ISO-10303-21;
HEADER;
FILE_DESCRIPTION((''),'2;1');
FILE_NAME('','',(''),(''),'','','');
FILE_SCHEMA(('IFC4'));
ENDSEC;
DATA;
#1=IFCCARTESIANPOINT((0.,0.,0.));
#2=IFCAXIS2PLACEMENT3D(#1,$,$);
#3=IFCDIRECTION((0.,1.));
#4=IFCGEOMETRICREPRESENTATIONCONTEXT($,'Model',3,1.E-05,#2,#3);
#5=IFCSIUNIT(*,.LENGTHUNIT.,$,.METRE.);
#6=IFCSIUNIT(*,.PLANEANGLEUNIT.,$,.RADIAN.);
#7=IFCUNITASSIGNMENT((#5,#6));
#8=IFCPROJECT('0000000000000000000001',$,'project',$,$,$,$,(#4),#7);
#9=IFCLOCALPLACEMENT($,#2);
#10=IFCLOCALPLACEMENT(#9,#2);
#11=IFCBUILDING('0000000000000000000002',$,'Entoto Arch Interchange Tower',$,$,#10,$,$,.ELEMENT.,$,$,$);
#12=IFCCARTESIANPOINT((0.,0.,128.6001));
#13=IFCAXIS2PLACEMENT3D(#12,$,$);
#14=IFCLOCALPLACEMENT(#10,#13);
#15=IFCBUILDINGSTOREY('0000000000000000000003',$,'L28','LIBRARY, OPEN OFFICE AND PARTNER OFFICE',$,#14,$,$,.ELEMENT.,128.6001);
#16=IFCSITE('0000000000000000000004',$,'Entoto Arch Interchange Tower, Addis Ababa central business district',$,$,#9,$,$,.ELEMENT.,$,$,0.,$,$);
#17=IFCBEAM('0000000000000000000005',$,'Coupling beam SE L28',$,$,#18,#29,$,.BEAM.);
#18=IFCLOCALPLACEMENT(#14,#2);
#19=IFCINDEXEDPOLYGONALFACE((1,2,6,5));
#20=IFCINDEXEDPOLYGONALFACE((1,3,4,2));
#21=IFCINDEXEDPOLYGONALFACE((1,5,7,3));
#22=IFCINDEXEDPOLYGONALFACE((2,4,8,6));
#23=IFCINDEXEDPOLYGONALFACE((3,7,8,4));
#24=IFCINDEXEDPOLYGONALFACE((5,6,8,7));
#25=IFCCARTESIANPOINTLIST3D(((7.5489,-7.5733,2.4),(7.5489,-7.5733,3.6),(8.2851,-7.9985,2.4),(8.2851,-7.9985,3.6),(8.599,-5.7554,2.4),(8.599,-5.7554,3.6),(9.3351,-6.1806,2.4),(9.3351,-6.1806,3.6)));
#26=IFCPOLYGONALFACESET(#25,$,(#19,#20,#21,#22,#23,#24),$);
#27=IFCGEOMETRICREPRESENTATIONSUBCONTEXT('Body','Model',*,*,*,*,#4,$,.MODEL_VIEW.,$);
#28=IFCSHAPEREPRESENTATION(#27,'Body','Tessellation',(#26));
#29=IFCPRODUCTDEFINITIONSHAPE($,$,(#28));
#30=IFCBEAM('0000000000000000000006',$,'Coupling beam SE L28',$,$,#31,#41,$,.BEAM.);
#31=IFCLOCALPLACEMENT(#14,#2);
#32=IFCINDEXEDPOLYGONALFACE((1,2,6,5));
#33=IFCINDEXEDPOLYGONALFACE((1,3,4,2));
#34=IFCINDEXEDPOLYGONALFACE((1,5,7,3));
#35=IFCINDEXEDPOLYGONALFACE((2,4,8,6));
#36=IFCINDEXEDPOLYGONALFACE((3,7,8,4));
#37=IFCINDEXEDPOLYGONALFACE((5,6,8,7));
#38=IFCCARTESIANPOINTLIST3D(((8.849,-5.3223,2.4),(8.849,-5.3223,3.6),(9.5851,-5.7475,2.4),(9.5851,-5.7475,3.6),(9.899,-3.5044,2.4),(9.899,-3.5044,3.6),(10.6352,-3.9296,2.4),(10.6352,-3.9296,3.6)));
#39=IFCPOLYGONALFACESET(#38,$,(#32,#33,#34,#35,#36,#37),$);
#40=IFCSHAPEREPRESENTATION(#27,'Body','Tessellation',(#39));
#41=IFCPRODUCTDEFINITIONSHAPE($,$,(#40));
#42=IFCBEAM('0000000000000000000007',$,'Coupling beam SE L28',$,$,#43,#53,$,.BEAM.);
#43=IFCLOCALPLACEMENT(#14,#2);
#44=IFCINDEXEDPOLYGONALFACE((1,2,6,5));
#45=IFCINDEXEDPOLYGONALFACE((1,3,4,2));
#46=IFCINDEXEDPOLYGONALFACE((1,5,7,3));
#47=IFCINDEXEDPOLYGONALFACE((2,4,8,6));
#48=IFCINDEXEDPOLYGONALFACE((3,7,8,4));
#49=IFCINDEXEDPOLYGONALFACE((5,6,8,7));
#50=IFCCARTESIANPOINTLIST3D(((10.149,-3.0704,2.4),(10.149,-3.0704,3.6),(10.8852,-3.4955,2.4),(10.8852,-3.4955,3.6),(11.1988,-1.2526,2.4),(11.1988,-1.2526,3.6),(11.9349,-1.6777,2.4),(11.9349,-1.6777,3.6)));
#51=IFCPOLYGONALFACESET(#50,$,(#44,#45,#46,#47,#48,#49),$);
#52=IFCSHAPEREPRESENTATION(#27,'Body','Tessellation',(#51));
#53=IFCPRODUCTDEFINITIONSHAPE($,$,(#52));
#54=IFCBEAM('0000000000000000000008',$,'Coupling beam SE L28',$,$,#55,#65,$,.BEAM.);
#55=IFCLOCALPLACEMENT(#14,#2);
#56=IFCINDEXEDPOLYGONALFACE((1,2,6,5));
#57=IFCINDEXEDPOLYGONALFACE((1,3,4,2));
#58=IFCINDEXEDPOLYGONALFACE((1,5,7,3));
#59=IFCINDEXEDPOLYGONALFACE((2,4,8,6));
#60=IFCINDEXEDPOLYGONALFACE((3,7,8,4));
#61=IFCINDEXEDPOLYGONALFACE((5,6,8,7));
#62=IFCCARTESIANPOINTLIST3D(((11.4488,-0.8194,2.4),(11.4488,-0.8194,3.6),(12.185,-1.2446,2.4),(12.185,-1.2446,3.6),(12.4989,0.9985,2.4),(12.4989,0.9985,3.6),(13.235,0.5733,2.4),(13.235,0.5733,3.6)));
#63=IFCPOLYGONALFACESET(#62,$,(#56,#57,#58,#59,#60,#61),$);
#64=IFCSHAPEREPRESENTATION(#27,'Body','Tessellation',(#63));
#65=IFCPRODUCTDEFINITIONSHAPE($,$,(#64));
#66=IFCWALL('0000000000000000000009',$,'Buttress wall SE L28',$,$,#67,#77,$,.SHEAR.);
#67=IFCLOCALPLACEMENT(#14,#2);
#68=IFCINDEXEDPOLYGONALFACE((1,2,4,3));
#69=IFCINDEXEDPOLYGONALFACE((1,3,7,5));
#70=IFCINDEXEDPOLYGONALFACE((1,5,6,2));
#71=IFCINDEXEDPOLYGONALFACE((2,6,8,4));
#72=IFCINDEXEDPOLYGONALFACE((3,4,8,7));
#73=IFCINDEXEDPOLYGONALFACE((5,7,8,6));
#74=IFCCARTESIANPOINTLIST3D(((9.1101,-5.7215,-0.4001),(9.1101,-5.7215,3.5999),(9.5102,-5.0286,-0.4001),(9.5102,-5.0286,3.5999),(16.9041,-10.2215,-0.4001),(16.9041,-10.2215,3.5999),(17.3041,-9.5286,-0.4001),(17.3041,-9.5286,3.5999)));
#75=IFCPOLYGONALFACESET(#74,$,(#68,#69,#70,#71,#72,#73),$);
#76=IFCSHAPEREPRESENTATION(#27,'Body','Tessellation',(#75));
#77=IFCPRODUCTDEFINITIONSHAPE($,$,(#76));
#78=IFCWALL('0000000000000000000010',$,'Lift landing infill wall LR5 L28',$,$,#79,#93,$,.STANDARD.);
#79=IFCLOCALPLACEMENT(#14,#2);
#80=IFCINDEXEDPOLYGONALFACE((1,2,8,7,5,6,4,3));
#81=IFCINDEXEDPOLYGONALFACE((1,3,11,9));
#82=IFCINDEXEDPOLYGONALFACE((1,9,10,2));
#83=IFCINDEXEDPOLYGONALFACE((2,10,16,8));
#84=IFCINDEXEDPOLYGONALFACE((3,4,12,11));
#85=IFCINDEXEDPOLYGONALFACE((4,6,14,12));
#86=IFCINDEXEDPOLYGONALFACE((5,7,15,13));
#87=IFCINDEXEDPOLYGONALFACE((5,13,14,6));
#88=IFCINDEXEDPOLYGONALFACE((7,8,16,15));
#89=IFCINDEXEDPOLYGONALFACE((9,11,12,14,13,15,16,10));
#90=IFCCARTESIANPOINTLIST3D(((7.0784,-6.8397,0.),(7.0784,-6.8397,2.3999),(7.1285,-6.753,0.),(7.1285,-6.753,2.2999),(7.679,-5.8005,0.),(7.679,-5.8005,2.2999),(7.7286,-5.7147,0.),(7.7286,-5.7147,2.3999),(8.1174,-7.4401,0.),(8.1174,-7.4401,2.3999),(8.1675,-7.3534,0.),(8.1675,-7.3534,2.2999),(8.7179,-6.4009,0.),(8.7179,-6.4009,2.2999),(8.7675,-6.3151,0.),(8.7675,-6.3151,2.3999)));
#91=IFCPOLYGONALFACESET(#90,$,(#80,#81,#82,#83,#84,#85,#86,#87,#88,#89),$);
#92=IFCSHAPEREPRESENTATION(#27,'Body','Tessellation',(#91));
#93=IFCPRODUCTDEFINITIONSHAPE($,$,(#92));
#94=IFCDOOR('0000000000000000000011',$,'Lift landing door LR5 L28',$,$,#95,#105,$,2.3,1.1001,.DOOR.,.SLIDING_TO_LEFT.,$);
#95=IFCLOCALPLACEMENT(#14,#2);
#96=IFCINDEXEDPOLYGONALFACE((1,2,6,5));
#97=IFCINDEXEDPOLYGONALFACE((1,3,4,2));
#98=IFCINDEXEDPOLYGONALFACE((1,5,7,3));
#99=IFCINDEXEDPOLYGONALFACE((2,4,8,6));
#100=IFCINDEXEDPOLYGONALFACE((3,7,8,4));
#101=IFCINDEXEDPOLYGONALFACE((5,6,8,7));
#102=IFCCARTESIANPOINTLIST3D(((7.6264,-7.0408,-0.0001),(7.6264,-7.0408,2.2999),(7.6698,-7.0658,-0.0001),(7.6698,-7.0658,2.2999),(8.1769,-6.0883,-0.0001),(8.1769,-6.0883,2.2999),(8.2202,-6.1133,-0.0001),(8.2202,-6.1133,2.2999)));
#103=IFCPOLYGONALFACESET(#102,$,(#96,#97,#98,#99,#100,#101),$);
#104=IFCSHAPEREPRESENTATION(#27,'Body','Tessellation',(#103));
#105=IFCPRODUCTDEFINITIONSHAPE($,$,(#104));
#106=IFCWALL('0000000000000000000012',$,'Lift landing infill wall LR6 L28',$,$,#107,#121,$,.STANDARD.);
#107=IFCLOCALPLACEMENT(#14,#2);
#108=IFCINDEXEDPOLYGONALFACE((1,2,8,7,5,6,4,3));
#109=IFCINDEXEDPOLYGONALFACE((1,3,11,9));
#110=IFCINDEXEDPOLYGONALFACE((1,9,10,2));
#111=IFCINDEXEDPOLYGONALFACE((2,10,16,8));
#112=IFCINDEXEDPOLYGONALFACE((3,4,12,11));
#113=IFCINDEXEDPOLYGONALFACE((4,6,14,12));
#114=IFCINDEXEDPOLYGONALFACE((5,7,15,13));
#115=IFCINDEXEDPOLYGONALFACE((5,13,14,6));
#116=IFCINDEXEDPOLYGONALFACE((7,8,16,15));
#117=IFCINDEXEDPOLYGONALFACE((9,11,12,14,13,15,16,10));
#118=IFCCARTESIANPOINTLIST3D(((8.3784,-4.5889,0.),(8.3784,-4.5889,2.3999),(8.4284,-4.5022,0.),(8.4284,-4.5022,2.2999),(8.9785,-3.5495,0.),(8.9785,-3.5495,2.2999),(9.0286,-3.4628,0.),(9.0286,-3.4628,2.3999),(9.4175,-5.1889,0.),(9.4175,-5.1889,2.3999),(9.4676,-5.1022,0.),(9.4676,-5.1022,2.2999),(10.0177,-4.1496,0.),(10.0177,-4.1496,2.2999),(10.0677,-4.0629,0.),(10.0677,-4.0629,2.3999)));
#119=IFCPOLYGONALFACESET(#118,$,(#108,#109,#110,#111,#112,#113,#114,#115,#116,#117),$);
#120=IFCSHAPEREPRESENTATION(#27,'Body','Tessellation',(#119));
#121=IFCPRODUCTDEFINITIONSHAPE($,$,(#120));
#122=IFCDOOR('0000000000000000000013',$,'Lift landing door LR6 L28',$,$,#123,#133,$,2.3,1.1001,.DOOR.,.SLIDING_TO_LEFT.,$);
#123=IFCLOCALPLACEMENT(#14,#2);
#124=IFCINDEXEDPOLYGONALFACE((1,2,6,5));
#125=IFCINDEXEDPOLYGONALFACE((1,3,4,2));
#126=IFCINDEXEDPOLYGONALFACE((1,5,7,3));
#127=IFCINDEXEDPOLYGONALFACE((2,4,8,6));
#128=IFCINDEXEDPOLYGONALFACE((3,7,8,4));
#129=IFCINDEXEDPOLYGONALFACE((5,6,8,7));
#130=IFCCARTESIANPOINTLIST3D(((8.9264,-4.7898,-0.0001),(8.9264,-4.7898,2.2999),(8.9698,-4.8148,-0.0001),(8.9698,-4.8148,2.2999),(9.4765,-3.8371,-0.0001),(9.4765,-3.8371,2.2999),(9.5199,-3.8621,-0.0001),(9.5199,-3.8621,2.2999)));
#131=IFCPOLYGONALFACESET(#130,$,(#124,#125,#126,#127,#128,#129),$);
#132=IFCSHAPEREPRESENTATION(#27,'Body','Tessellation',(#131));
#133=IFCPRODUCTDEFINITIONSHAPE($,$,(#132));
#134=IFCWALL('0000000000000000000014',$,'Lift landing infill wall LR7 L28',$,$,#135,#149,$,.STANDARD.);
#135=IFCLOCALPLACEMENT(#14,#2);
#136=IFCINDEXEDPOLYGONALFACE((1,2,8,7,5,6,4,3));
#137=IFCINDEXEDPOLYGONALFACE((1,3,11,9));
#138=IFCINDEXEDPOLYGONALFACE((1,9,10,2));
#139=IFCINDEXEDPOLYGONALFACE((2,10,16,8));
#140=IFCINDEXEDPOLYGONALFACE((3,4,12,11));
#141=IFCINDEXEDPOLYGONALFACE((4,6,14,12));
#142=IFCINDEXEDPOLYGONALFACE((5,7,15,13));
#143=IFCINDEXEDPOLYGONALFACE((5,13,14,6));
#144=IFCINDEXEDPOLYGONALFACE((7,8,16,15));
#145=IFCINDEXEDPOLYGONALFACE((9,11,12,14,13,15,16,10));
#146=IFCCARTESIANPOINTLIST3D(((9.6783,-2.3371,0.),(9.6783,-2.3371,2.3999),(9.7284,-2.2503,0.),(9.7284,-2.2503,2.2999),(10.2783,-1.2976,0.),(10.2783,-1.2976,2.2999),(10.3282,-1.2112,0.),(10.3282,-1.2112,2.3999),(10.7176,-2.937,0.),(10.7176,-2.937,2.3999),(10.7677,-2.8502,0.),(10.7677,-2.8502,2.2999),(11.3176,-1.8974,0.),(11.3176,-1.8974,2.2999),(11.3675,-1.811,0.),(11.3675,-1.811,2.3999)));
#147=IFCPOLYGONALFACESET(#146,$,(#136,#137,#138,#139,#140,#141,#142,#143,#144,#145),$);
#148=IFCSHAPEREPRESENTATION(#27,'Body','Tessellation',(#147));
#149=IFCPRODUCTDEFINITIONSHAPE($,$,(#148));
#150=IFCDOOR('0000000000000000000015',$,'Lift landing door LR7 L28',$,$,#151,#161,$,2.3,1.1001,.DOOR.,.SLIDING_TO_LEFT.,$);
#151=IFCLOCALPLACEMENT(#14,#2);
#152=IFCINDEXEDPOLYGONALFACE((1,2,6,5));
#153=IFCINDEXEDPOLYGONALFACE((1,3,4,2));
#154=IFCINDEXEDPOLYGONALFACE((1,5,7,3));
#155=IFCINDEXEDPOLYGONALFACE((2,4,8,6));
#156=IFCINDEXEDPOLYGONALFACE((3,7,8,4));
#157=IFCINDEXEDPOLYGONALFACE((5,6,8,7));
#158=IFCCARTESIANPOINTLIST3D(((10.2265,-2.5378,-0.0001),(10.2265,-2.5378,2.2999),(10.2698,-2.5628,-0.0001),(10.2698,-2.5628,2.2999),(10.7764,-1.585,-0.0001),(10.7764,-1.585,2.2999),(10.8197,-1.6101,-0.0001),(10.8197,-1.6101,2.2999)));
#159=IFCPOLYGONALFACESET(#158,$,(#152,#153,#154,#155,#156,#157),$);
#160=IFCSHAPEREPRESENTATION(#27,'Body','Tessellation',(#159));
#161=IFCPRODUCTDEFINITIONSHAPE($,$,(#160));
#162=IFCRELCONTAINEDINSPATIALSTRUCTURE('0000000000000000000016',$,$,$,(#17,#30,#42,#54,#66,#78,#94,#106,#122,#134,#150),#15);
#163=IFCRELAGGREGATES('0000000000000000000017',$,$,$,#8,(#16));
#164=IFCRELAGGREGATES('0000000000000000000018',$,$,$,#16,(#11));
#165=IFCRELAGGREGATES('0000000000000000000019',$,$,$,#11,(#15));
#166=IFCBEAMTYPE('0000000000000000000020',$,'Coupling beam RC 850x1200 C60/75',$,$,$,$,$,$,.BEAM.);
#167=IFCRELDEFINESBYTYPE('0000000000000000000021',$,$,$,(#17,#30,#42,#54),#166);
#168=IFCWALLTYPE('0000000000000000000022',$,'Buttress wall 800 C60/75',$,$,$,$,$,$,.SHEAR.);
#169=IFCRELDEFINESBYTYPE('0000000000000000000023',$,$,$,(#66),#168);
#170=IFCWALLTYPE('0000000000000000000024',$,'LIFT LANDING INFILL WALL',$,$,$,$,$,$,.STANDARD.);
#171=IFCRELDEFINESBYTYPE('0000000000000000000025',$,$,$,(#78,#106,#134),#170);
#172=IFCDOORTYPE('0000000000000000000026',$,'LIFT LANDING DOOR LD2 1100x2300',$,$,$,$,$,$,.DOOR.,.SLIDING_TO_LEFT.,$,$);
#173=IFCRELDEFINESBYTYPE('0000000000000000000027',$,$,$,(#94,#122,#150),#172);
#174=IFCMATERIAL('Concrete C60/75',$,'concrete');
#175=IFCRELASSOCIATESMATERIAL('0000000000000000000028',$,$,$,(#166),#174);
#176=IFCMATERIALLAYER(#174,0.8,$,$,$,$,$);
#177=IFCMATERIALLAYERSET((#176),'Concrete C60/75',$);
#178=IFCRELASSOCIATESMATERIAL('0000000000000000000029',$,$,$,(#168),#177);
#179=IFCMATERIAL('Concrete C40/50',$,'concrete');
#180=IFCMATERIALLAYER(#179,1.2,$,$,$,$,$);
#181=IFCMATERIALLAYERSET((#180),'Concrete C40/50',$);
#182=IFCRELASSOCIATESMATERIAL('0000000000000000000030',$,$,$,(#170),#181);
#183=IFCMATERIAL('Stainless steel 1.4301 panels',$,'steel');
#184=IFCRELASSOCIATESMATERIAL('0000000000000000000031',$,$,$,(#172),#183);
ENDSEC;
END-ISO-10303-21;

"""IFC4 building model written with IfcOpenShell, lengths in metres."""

from ifc_helpers import new_model, si_unit, direction, frame, frame_2d, origin, origin_2d, place, context, subcontext, project, spatial, rectangle, extrude, material, layer, layer_set, material_profile, profile_set, type_object, element, fill, save


model = new_model("IFC4")

# Units and contexts
model_context = context("Model", 3, precision=1e-05, world=origin(), true_north=direction((0.0, 1.0)))
body_context = subcontext(model_context, "Body", "Model", "MODEL_VIEW")
ifc_project = project(units=[si_unit("LENGTHUNIT", "METRE"), si_unit("PLANEANGLEUNIT", "RADIAN")], contexts=[model_context])

# Site, building, storey
site_placement = place(None, origin())
site = spatial("IfcSite", under=ifc_project, at=site_placement, Name="Entoto Arch Interchange Tower, Addis Ababa central business district", CompositionType="ELEMENT", RefElevation=0.0)
building_placement = place(site_placement, origin())
building = spatial("IfcBuilding", under=site, at=building_placement, Name="Entoto Arch Interchange Tower", CompositionType="ELEMENT")
storey_placement = place(building_placement, frame((0.0, 0.0, 128.6001)))
storey = spatial("IfcBuildingStorey", under=building, at=storey_placement, Name="L28", Description="LIBRARY, OPEN OFFICE AND PARTNER OFFICE", CompositionType="ELEMENT", Elevation=128.6001)

# Beams
ifc_material_1 = material(Name="Concrete C60/75", Category="concrete")
ifc_material_profile = material_profile(ifc_material_1, rectangle(XDim=0.8501, YDim=1.2, at=origin_2d()))
ifc_profile_set = profile_set([ifc_material_profile], Name="Concrete C60/75")
beam_type = type_object("IfcBeamType", Name="Coupling beam RC 850x1200 C60/75", PredefinedType="BEAM", material=ifc_profile_set)
for number, where, z_axis, x_axis, name in (
    (1, (7.917, -7.7859, 3.0), (0.500179, 0.865922, 0.0), (-0.865922, 0.500179, 0.0), "Coupling beam SE L28"),
    (2, (9.217, -5.5349, 3.0), (0.500179, 0.865922, 0.0), (-0.865922, 0.500179, 0.0), "Coupling beam SE L28"),
):
    element("IfcBeam", number, at=place(storey_placement, frame(where, z_axis=z_axis, x_axis=x_axis)), inside=storey, type_object=beam_type, Name=name, PredefinedType="BEAM", context=body_context, shape_type="SweptSolid", body=[
        extrude(rectangle(XDim=0.8501, YDim=1.2, at=origin_2d()), origin(), (0.0, 0.0, 1.0), 2.0994),
    ])
beam_1_placement = place(storey_placement, frame((10.5171, -3.283, 3.0), z_axis=(0.500092, 0.865973, 0.0), x_axis=(-0.865973, 0.500092, 0.0)))
element("IfcBeam", 3, at=beam_1_placement, inside=storey, type_object=beam_type, Name="Coupling beam SE L28", PredefinedType="BEAM", context=body_context, shape_type="SweptSolid", body=[
    extrude(rectangle(XDim=0.8501, YDim=1.2, at=origin_2d()), origin(), (0.0, 0.0, 1.0), 2.0991),
])
beam_2_placement = place(storey_placement, frame((11.8169, -1.032, 3.0), z_axis=(0.500179, 0.865922, 0.0), x_axis=(-0.865922, 0.500179, 0.0)))
element("IfcBeam", 4, at=beam_2_placement, inside=storey, type_object=beam_type, Name="Coupling beam SE L28", PredefinedType="BEAM", context=body_context, shape_type="SweptSolid", body=[
    extrude(rectangle(XDim=0.8501, YDim=1.2, at=origin_2d()), origin(), (0.0, 0.0, 1.0), 2.0994),
])

# Wall
ifc_layer_1 = layer(ifc_material_1, 0.8)
ifc_layer_set_1 = layer_set([ifc_layer_1], Name="Concrete C60/75")
wall_type_1 = type_object("IfcWallType", Name="Buttress wall 800 C60/75", PredefinedType="SHEAR", material=ifc_layer_set_1)
wall_1_placement = place(storey_placement, frame((9.3101, -5.375, -0.4001), z_axis=(0.0, 0.0, 1.0), x_axis=(0.866018, -0.500014, 0.0)))
element("IfcWall", 5, at=wall_1_placement, inside=storey, type_object=wall_type_1, Name="Buttress wall SE L28", PredefinedType="SHEAR", context=body_context, shape_type="SweptSolid", body=[
    extrude(rectangle(XDim=8.9998, YDim=0.8, at=frame_2d((4.5, 0.0))), origin(), (0.0, 0.0, 1.0), 4.0),
])

# Walls, openings, doors
ifc_material_2 = material(Name="Concrete C40/50", Category="concrete")
ifc_layer_2 = layer(ifc_material_2, 1.2)
ifc_layer_set_2 = layer_set([ifc_layer_2], Name="Concrete C40/50")
wall_type_2 = type_object("IfcWallType", Name="LIFT LANDING INFILL WALL", PredefinedType="STANDARD", material=ifc_layer_set_2)
wall_2_placement = place(storey_placement, frame((7.5979, -7.1399, 0.0), z_axis=(0.0, 0.0, 1.0), x_axis=(0.500362, 0.865816, 0.0)))
wall_2 = element("IfcWall", 6, at=wall_2_placement, inside=storey, type_object=wall_type_2, Name="Lift landing infill wall LR5 L28", PredefinedType="STANDARD", context=body_context, shape_type="SweptSolid", body=[
    extrude(rectangle(XDim=1.2993, YDim=1.2, at=frame_2d((0.6497, 0.0))), origin(), (0.0, 0.0, 1.0), 2.3999),
])
opening_1_placement = place(wall_2_placement, frame((0.1001, 0.0, 0.0)))
opening_1 = element("IfcOpeningElement", 7, at=opening_1_placement, cuts=wall_2, PredefinedType="OPENING", context=body_context, shape_type="SweptSolid", body=[
    extrude(rectangle(XDim=1.1001, YDim=2.3, at=frame_2d((0.55, 1.1499))), frame((0.0, 0.6099, 0.0), z_axis=(0.0, -1.0, 0.0), x_axis=(1.0, 0.0, 0.0)), (0.0, 0.0, 1.0), 1.22),
])
ifc_material_3 = material(Name="Stainless steel 1.4301 panels", Category="steel")
door_type_1 = type_object("IfcDoorType", Name="LIFT LANDING DOOR LD2 1100x2300", OperationType="SLIDING_TO_LEFT", PredefinedType="DOOR", material=ifc_material_3)
door_1_placement = place(opening_1_placement, origin())
door_1 = element("IfcDoor", 8, at=door_1_placement, inside=storey, type_object=door_type_1, Name="Lift landing door LR5 L28", OperationType="SLIDING_TO_LEFT", OverallHeight=2.3, OverallWidth=1.1001, PredefinedType="DOOR", context=body_context, shape_type="SweptSolid", body=[
    extrude(rectangle(XDim=1.1001, YDim=2.3, at=frame_2d((0.55, 1.1499))), frame((0.0, 0.0249, 0.0), z_axis=(0.0, -1.0, 0.0), x_axis=(1.0, 0.0, 0.0)), (0.0, 0.0, 1.0), 0.05),
])
fill(opening_1, door_1)
wall_3_placement = place(storey_placement, frame((8.8979, -4.8889, 0.0), z_axis=(0.0, 0.0, 1.0), x_axis=(0.500037, 0.866004, 0.0)))
wall_3 = element("IfcWall", 9, at=wall_3_placement, inside=storey, type_object=wall_type_2, Name="Lift landing infill wall LR6 L28", PredefinedType="STANDARD", context=body_context, shape_type="SweptSolid", body=[
    extrude(rectangle(XDim=1.3003, YDim=1.2, at=frame_2d((0.6501, 0.0))), origin(), (0.0, 0.0, 1.0), 2.3999),
])
opening_2_placement = place(wall_3_placement, frame((0.1001, 0.0, 0.0)))
opening_2 = element("IfcOpeningElement", 10, at=opening_2_placement, cuts=wall_3, PredefinedType="OPENING", context=body_context, shape_type="SweptSolid", body=[
    extrude(rectangle(XDim=1.1001, YDim=2.3, at=frame_2d((0.55, 1.1499))), frame((0.0, 0.6099, 0.0), z_axis=(0.0, -1.0, 0.0), x_axis=(1.0, 0.0, 0.0)), (0.0, 0.0, 1.0), 1.22),
])
door_2_placement = place(opening_2_placement, origin())
door_2 = element("IfcDoor", 11, at=door_2_placement, inside=storey, type_object=door_type_1, Name="Lift landing door LR6 L28", OperationType="SLIDING_TO_LEFT", OverallHeight=2.3, OverallWidth=1.1001, PredefinedType="DOOR", context=body_context, shape_type="SweptSolid", body=[
    extrude(rectangle(XDim=1.1001, YDim=2.3, at=frame_2d((0.55, 1.1499))), frame((0.0, 0.0249, 0.0), z_axis=(0.0, -1.0, 0.0), x_axis=(1.0, 0.0, 0.0)), (0.0, 0.0, 1.0), 0.05),
])
fill(opening_2, door_2)
wall_4_placement = place(storey_placement, frame((10.198, -2.637, 0.0), z_axis=(0.0, 0.0, 1.0), x_axis=(0.499896, 0.866086, 0.0)))
wall_4 = element("IfcWall", 12, at=wall_4_placement, inside=storey, type_object=wall_type_2, Name="Lift landing infill wall LR7 L28", PredefinedType="STANDARD", context=body_context, shape_type="SweptSolid", body=[
    extrude(rectangle(XDim=1.3, YDim=1.2, at=frame_2d((0.6499, 0.0))), origin(), (0.0, 0.0, 1.0), 2.3999),
])
opening_3_placement = place(wall_4_placement, frame((0.1001, 0.0, 0.0)))
opening_3 = element("IfcOpeningElement", 13, at=opening_3_placement, cuts=wall_4, PredefinedType="OPENING", context=body_context, shape_type="SweptSolid", body=[
    extrude(rectangle(XDim=1.1001, YDim=2.3, at=frame_2d((0.55, 1.1499))), frame((0.0, 0.6099, 0.0), z_axis=(0.0, -1.0, 0.0), x_axis=(1.0, 0.0, 0.0)), (0.0, 0.0, 1.0), 1.22),
])
door_3_placement = place(opening_3_placement, origin())
door_3 = element("IfcDoor", 14, at=door_3_placement, inside=storey, type_object=door_type_1, Name="Lift landing door LR7 L28", OperationType="SLIDING_TO_LEFT", OverallHeight=2.3, OverallWidth=1.1001, PredefinedType="DOOR", context=body_context, shape_type="SweptSolid", body=[
    extrude(rectangle(XDim=1.1001, YDim=2.3, at=frame_2d((0.55, 1.1499))), frame((0.0, 0.0249, 0.0), z_axis=(0.0, -1.0, 0.0), x_axis=(1.0, 0.0, 0.0)), (0.0, 0.0, 1.0), 0.05),
])
fill(opening_3, door_3)

save(model, "model.ifc")
